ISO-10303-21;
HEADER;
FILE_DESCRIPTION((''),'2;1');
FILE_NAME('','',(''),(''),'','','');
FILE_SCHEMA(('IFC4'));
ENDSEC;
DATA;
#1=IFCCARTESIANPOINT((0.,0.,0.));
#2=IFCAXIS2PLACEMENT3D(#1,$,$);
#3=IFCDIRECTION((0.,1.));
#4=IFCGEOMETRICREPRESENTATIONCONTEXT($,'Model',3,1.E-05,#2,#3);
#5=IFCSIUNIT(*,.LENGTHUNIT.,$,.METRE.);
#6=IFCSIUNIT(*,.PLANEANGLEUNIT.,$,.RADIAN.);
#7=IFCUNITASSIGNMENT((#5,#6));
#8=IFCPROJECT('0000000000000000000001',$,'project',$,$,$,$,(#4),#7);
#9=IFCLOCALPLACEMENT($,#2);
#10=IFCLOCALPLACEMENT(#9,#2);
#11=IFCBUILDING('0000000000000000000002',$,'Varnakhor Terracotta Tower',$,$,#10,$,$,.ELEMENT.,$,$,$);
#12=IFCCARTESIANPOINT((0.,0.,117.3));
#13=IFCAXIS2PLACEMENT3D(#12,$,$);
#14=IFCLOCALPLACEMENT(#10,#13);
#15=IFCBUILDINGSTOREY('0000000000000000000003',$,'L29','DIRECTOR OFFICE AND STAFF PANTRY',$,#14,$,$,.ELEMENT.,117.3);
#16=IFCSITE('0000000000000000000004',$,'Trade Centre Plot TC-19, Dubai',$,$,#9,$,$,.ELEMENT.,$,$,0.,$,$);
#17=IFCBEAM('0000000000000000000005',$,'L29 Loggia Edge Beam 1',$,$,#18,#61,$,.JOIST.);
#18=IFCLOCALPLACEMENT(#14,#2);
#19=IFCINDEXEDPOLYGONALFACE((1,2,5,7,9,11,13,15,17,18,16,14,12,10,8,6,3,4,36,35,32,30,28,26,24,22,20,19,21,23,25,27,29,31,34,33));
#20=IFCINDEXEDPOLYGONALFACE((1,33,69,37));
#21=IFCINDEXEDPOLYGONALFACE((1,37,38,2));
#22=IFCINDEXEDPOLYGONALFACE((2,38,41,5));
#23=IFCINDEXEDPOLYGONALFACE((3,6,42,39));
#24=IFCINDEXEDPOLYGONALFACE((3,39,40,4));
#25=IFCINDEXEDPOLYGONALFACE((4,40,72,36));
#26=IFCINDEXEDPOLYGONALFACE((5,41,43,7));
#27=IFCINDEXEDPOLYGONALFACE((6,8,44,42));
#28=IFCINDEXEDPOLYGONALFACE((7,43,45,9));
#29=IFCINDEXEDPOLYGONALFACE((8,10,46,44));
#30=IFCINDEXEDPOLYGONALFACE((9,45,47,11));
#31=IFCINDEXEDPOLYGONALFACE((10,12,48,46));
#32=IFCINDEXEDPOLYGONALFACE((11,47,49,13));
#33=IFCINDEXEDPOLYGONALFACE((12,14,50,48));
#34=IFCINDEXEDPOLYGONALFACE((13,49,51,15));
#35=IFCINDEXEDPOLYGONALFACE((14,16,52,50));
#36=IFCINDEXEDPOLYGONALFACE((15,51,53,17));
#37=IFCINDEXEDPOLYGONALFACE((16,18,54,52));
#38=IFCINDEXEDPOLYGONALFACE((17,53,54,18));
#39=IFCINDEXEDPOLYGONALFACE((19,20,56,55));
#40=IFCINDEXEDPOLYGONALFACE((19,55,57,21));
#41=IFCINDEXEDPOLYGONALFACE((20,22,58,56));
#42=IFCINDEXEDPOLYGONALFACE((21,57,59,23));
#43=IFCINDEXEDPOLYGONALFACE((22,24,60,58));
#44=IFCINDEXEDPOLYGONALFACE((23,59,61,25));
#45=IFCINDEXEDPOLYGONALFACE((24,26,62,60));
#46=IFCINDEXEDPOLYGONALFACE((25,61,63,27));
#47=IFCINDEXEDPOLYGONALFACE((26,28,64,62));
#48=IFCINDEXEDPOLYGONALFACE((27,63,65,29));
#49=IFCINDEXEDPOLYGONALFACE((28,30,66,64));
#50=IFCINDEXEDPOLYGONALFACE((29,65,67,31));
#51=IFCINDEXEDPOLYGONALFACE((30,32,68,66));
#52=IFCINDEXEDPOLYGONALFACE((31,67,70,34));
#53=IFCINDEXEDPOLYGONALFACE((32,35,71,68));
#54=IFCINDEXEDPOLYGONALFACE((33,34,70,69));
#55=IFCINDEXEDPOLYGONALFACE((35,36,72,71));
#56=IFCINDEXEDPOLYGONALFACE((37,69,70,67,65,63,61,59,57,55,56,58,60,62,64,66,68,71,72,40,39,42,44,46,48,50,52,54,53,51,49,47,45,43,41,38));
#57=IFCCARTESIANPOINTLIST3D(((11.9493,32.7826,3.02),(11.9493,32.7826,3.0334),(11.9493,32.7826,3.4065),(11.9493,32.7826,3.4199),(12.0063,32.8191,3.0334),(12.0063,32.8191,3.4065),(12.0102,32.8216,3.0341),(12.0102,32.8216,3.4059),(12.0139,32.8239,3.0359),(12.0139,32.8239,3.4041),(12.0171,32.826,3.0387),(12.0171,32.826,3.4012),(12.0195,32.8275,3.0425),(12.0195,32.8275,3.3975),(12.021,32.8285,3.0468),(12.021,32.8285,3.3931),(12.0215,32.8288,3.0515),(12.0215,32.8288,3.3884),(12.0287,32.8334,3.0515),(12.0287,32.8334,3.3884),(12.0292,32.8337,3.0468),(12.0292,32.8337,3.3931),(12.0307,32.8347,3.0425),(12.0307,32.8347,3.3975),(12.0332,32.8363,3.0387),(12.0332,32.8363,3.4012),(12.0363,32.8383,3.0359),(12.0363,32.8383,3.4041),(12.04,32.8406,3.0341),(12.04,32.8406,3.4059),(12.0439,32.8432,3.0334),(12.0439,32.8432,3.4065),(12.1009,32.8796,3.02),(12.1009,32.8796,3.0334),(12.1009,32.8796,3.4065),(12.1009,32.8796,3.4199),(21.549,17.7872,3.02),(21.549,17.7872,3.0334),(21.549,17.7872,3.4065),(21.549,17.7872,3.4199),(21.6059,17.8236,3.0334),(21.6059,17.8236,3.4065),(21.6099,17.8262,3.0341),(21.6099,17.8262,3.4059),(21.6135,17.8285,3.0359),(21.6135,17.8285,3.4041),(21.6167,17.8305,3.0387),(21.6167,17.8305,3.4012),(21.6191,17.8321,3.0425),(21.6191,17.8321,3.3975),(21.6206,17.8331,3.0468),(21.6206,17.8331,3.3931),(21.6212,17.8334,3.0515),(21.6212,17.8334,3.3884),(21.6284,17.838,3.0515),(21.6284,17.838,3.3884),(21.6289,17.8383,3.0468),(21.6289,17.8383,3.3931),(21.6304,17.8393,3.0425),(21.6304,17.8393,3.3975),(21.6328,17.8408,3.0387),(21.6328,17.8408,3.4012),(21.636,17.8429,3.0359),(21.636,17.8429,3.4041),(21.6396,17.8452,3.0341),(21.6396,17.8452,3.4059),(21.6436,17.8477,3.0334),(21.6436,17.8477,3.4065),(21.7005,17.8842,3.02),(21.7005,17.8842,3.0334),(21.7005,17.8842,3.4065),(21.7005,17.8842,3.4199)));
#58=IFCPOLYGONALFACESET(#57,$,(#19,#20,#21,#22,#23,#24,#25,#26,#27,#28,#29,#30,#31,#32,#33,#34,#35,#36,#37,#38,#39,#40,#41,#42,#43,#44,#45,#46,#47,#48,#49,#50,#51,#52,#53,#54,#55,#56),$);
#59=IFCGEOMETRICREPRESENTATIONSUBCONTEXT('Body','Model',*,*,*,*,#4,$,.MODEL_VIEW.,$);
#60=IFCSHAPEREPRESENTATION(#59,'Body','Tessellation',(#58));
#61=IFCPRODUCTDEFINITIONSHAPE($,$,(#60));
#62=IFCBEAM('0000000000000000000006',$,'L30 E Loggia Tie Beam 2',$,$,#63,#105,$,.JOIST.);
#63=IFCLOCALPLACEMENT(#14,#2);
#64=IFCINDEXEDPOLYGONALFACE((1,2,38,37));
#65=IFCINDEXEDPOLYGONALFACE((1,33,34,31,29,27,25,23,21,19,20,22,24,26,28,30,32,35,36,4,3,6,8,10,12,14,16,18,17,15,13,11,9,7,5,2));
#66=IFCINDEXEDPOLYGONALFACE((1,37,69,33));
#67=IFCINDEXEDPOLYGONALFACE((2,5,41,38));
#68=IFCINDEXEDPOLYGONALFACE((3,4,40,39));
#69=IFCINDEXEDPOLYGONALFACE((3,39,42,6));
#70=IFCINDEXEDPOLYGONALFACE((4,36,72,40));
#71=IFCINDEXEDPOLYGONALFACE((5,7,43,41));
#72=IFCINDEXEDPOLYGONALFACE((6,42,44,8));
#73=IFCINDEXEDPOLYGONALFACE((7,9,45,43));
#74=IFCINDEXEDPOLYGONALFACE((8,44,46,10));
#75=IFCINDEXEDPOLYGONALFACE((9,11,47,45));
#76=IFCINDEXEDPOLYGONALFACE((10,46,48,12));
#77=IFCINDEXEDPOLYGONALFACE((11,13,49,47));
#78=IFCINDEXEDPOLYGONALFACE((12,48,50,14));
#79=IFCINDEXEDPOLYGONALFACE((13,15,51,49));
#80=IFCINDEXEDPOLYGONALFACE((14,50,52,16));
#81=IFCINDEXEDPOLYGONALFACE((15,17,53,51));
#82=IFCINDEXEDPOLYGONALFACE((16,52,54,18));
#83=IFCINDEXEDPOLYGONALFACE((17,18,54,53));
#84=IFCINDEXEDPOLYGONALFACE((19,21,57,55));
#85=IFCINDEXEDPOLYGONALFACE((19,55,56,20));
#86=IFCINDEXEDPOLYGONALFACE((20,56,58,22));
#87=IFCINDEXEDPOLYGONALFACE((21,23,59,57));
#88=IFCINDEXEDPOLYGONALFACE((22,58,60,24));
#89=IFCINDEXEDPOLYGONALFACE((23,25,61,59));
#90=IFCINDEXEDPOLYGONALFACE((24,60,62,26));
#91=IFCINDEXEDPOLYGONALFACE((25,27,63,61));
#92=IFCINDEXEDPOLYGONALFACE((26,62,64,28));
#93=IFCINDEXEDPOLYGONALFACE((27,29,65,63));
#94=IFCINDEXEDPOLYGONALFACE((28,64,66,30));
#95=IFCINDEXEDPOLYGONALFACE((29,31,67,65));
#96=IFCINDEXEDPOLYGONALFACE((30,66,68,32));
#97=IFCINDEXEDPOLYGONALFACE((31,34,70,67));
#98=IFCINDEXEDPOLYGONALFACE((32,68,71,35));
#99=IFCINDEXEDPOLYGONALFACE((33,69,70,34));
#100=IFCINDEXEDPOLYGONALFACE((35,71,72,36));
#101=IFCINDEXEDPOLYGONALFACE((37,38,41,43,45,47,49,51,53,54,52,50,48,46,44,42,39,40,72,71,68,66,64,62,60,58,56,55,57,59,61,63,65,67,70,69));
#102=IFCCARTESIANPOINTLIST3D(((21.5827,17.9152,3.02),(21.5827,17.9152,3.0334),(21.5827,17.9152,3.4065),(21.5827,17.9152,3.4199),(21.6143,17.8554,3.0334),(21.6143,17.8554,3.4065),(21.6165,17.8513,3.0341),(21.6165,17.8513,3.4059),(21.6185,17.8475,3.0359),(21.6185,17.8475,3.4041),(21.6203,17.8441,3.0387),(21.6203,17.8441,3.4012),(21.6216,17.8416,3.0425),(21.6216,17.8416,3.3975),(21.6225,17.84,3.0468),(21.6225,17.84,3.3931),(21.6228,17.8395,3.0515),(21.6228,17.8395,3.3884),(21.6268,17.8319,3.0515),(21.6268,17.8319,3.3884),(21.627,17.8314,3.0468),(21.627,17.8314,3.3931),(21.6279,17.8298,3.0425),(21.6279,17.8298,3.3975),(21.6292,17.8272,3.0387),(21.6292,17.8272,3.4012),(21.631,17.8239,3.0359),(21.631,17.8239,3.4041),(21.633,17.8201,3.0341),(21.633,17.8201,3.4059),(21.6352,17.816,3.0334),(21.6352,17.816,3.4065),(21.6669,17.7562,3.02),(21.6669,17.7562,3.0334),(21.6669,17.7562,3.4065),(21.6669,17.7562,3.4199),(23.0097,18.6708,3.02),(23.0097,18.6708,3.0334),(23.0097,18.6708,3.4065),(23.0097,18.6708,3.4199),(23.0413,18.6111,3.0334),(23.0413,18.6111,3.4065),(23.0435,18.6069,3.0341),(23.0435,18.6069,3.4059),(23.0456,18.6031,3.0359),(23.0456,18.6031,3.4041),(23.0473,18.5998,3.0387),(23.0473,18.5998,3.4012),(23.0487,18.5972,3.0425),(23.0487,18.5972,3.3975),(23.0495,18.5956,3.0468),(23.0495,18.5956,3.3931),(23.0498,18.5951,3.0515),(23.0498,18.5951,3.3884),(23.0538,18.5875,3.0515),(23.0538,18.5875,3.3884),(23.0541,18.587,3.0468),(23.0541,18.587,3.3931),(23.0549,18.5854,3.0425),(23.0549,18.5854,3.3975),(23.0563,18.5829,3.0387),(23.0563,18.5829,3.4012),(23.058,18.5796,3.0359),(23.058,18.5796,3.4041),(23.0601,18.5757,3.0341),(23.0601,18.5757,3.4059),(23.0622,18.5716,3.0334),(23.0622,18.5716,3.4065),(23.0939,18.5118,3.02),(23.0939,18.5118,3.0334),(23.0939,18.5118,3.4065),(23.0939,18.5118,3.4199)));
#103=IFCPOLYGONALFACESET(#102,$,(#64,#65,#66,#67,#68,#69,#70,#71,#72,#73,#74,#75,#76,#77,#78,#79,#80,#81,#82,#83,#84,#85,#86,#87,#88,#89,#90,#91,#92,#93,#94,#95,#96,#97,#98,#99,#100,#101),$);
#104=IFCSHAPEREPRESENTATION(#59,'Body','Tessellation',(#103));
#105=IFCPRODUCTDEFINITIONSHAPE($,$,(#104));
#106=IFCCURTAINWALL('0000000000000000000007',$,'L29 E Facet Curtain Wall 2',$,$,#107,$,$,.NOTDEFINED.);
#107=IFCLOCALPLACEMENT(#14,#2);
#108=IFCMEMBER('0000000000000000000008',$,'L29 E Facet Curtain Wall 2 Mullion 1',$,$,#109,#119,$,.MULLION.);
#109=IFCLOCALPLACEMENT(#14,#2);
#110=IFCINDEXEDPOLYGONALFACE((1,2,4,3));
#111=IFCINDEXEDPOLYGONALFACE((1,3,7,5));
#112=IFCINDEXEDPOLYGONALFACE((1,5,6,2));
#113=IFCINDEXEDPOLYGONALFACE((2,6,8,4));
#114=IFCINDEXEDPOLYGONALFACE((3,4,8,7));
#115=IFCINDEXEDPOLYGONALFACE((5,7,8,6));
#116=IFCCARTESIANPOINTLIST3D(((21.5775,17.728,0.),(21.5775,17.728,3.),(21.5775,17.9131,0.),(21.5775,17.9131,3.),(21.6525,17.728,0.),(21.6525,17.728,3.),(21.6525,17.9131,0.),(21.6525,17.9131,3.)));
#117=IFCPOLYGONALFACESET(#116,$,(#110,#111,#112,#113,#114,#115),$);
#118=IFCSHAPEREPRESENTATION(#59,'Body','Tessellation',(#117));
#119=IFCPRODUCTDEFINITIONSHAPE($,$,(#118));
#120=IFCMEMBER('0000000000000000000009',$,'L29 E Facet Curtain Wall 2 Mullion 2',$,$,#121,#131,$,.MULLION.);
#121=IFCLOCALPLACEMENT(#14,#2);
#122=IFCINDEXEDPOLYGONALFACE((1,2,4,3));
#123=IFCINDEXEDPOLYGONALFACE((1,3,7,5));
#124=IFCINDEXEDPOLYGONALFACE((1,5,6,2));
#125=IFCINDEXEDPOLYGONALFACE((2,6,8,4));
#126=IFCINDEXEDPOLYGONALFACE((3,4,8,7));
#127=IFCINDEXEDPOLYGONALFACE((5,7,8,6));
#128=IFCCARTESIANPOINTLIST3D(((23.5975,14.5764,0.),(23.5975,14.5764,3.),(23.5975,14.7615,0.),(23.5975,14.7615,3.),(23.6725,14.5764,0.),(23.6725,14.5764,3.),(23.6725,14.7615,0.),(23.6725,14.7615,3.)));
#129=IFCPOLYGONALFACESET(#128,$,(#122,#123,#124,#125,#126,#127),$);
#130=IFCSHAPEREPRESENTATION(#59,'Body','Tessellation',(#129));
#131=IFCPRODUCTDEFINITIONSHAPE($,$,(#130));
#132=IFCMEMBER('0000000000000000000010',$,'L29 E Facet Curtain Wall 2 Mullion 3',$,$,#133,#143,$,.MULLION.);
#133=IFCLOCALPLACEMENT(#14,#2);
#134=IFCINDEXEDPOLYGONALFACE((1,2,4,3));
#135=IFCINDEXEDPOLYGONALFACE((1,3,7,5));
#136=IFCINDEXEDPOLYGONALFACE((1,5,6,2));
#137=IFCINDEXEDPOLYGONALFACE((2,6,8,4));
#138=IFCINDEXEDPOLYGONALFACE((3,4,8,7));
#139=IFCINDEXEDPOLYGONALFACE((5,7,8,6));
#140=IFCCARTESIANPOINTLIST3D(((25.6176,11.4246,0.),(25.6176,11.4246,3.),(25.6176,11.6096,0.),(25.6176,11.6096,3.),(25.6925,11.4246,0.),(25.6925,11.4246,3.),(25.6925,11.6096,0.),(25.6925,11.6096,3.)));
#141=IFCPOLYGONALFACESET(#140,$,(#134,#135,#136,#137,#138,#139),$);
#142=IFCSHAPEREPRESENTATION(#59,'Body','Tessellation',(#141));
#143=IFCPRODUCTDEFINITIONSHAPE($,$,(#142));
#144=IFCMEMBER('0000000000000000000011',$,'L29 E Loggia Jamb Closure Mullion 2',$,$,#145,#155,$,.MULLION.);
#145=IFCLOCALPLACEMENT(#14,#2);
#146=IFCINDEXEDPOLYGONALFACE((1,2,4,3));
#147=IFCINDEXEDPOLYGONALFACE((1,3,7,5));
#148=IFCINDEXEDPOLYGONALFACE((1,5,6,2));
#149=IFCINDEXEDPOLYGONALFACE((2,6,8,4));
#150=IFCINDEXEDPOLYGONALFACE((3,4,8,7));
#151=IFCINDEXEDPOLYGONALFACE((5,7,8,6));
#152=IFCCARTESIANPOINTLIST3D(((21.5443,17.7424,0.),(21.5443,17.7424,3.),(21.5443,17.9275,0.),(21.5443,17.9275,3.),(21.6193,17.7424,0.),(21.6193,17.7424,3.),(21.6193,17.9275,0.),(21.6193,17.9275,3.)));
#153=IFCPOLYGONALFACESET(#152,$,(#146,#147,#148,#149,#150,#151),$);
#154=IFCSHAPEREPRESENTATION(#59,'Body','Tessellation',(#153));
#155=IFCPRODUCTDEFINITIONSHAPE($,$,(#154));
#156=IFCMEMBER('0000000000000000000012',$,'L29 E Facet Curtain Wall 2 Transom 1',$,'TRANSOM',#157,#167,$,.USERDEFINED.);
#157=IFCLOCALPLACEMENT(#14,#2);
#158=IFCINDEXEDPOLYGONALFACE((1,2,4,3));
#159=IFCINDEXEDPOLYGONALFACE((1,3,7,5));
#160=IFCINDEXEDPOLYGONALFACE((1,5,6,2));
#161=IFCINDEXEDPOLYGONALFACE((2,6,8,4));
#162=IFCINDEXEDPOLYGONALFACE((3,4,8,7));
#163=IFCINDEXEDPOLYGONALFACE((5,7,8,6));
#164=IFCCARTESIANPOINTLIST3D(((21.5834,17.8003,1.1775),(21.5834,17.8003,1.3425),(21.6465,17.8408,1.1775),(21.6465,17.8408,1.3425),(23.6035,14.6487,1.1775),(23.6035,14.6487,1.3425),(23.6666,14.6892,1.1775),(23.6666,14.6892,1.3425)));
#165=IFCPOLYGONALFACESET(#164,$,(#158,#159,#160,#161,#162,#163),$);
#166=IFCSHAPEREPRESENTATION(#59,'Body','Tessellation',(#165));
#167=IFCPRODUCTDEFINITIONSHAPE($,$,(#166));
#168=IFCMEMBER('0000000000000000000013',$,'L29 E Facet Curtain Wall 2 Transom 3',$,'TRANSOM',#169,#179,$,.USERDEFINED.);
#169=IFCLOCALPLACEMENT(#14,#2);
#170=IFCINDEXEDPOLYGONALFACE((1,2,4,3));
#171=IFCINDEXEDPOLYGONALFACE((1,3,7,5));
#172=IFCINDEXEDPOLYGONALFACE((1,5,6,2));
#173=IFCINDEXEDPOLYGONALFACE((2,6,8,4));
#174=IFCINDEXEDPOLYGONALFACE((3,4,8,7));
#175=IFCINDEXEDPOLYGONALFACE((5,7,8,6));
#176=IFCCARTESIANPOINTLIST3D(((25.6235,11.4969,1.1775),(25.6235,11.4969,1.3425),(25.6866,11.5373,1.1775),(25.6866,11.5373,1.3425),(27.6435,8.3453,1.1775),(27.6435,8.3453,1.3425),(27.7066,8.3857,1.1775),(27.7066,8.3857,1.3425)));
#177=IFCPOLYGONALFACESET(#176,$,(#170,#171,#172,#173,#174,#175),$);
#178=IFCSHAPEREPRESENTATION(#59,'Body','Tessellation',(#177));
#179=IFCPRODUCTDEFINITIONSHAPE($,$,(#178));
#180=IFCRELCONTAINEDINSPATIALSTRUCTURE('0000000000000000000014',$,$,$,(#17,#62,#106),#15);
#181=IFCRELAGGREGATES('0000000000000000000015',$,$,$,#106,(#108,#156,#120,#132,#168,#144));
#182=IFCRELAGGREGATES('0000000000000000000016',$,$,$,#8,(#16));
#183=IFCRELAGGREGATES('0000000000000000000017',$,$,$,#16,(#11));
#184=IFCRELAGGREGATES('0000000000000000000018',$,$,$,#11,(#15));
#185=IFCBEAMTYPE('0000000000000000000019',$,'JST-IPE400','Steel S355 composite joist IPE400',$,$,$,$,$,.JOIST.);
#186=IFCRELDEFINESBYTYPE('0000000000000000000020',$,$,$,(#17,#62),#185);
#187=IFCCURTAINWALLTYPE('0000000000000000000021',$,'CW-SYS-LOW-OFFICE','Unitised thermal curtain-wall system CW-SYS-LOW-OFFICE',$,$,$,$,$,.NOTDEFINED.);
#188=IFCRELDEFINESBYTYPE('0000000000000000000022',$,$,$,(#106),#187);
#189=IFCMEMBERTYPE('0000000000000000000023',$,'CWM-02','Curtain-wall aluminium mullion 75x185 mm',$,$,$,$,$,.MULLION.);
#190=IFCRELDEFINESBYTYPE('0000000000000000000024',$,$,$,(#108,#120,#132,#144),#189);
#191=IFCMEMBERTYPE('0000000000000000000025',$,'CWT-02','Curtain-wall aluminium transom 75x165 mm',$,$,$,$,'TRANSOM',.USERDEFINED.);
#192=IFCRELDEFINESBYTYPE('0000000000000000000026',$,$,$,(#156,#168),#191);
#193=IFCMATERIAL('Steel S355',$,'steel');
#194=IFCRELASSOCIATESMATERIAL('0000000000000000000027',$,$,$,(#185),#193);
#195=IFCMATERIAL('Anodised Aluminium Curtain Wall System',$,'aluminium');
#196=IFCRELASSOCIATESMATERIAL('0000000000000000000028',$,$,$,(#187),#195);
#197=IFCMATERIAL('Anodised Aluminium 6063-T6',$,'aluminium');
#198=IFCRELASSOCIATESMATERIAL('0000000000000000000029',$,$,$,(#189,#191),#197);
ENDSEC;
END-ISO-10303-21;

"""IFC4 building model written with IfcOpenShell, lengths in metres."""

from ifc_helpers import new_model, si_unit, direction, frame, origin, origin_2d, place, context, subcontext, project, spatial, rectangle, i_section, extrude, source, transform, mapped, material, material_profile, profile_set, type_object, element, aggregate, save


model = new_model("IFC4")

# Units and contexts
model_context = context("Model", 3, precision=1e-05, world=origin(), true_north=direction((0.0, 1.0)))
body_context = subcontext(model_context, "Body", "Model", "MODEL_VIEW")
ifc_project = project(units=[si_unit("LENGTHUNIT", "METRE"), si_unit("PLANEANGLEUNIT", "RADIAN")], contexts=[model_context])

# Site, building, storey
site_placement = place(None, origin())
site = spatial("IfcSite", under=ifc_project, at=site_placement, Name="Trade Centre Plot TC-19, Dubai", CompositionType="ELEMENT", RefElevation=0.0)
building_placement = place(site_placement, origin())
building = spatial("IfcBuilding", under=site, at=building_placement, Name="Varnakhor Terracotta Tower", CompositionType="ELEMENT")
storey_placement = place(building_placement, frame((0.0, 0.0, 117.3)))
storey = spatial("IfcBuildingStorey", under=building, at=storey_placement, Name="L29", Description="DIRECTOR OFFICE AND STAFF PANTRY", CompositionType="ELEMENT", Elevation=117.3)

# Beams
ifc_material_1 = material(Name="Steel S355", Category="steel")
ifc_material_profile_1 = material_profile(ifc_material_1, i_section(OverallWidth=0.1799, OverallDepth=0.3999, WebThickness=0.0085, FlangeThickness=0.0134, FilletRadius=0.0181, at=origin_2d()), Name="IPE400")
ifc_profile_set_1 = profile_set([ifc_material_profile_1], Name="Steel S355")
beam_type = type_object("IfcBeamType", Name="JST-IPE400", Description="Steel S355 composite joist IPE400", PredefinedType="JOIST", material=ifc_profile_set_1)
shared_shape_1 = source(origin(), body_context, "Body", "SweptSolid", [
    extrude(i_section(OverallWidth=0.1799, OverallDepth=0.3999, WebThickness=0.0085, FlangeThickness=0.0134, FilletRadius=0.0181, at=origin_2d()), origin(), (0.0, 0.0, 1.0), 17.8049),
])
beam_1_placement = place(storey_placement, frame((21.6248, 17.8357, 3.22), z_axis=(-0.539156, 0.842206, 0.0), x_axis=(-0.842206, -0.539156, 0.0)))
element("IfcBeam", 1, at=beam_1_placement, inside=storey, type_object=beam_type, Name="L29 Loggia Edge Beam 1", PredefinedType="JOIST", context=body_context, shape_type="MappedRepresentation", body=[
    mapped(shared_shape_1, transform((0.0, 0.0, 0.0), scale=1.0)),
])
shared_shape_2 = source(origin(), body_context, "Body", "SweptSolid", [
    extrude(i_section(OverallWidth=0.1799, OverallDepth=0.3999, WebThickness=0.0085, FlangeThickness=0.0134, FilletRadius=0.0181, at=origin_2d()), origin(), (0.0, 0.0, 1.0), 1.6147),
])
beam_2_placement = place(storey_placement, frame((21.6248, 17.8357, 3.22), z_axis=(0.883751, 0.467957, 0.0), x_axis=(-0.467957, 0.883751, 0.0)))
element("IfcBeam", 2, at=beam_2_placement, inside=storey, type_object=beam_type, Name="L30 E Loggia Tie Beam 2", PredefinedType="JOIST", context=body_context, shape_type="MappedRepresentation", body=[
    mapped(shared_shape_2, transform((0.0, 0.0, 0.0), scale=1.0)),
])

# Curtain wall, members
ifc_material_2 = material(Name="Anodised Aluminium Curtain Wall System", Category="aluminium")
curtain_wall_type = type_object("IfcCurtainWallType", Name="CW-SYS-LOW-OFFICE", Description="Unitised thermal curtain-wall system CW-SYS-LOW-OFFICE", PredefinedType="NOTDEFINED", material=ifc_material_2)
curtain_wall_placement = place(storey_placement, origin())
curtain_wall = element("IfcCurtainWall", 3, at=curtain_wall_placement, inside=storey, type_object=curtain_wall_type, Name="L29 E Facet Curtain Wall 2", PredefinedType="NOTDEFINED")
ifc_material_3 = material(Name="Anodised Aluminium 6063-T6", Category="aluminium")
ifc_material_profile_2 = material_profile(ifc_material_3, rectangle(XDim=0.075, YDim=0.1851, at=origin_2d()), Name="ALU MULLION 75x185")
ifc_profile_set_2 = profile_set([ifc_material_profile_2], Name="Anodised Aluminium 6063-T6")
member_type_1 = type_object("IfcMemberType", Name="CWM-02", Description="Curtain-wall aluminium mullion 75x185 mm", PredefinedType="MULLION", material=ifc_profile_set_2)
shared_shape_3 = source(origin(), body_context, "Body", "SweptSolid", [
    extrude(rectangle(XDim=0.075, YDim=0.1851, at=origin_2d()), origin(), (0.0, 0.0, 1.0), 3.0),
])
member_1_placement = place(storey_placement, frame((21.615, 17.8206, 0.0), z_axis=(0.0, 0.0, 1.0), x_axis=(1.0, 0.0, 0.0)))
member_1 = element("IfcMember", 4, at=member_1_placement, type_object=member_type_1, Name="L29 E Facet Curtain Wall 2 Mullion 1", PredefinedType="MULLION", context=body_context, shape_type="MappedRepresentation", body=[
    mapped(shared_shape_3, transform((0.0, 0.0, 0.0), scale=1.0)),
])
member_2_placement = place(storey_placement, frame((23.635, 14.6689, 0.0), z_axis=(0.0, 0.0, 1.0), x_axis=(1.0, 0.0, 0.0)))
member_2 = element("IfcMember", 5, at=member_2_placement, type_object=member_type_1, Name="L29 E Facet Curtain Wall 2 Mullion 2", PredefinedType="MULLION", context=body_context, shape_type="MappedRepresentation", body=[
    mapped(shared_shape_3, transform((0.0, 0.0, 0.0), scale=1.0)),
])
member_3_placement = place(storey_placement, frame((25.655, 11.5171, 0.0), z_axis=(0.0, 0.0, 1.0), x_axis=(1.0, 0.0, 0.0)))
member_3 = element("IfcMember", 6, at=member_3_placement, type_object=member_type_1, Name="L29 E Facet Curtain Wall 2 Mullion 3", PredefinedType="MULLION", context=body_context, shape_type="MappedRepresentation", body=[
    mapped(shared_shape_3, transform((0.0, 0.0, 0.0), scale=1.0)),
])
member_4_placement = place(storey_placement, frame((21.5818, 17.835, 0.0), z_axis=(0.0, 0.0, 1.0), x_axis=(1.0, 0.0, 0.0)))
member_4 = element("IfcMember", 7, at=member_4_placement, type_object=member_type_1, Name="L29 E Loggia Jamb Closure Mullion 2", PredefinedType="MULLION", context=body_context, shape_type="MappedRepresentation", body=[
    mapped(shared_shape_3, transform((0.0, 0.0, 0.0), scale=1.0)),
])
ifc_material_profile_3 = material_profile(ifc_material_3, rectangle(XDim=0.075, YDim=0.165, at=origin_2d()), Name="ALU TRANSOM 75x165")
ifc_profile_set_3 = profile_set([ifc_material_profile_3], Name="Anodised Aluminium 6063-T6")
member_type_2 = type_object("IfcMemberType", Name="CWT-02", Description="Curtain-wall aluminium transom 75x165 mm", ElementType="TRANSOM", PredefinedType="USERDEFINED", material=ifc_profile_set_3)
shared_shape_4 = source(origin(), body_context, "Body", "SweptSolid", [
    extrude(rectangle(XDim=0.075, YDim=0.165, at=origin_2d()), origin(), (0.0, 0.0, 1.0), 3.7434),
])
member_5_placement = place(storey_placement, frame((21.615, 17.8206, 1.26), z_axis=(0.53962, -0.841909, 0.0), x_axis=(0.841909, 0.53962, 0.0)))
member_5 = element("IfcMember", 8, at=member_5_placement, type_object=member_type_2, Name="L29 E Facet Curtain Wall 2 Transom 1", ObjectType="TRANSOM", PredefinedType="USERDEFINED", context=body_context, shape_type="MappedRepresentation", body=[
    mapped(shared_shape_4, transform((0.0, 0.0, 0.0), scale=1.0)),
])
member_6_placement = place(storey_placement, frame((25.655, 11.5171, 1.26), z_axis=(0.53962, -0.841909, 0.0), x_axis=(0.841909, 0.53962, 0.0)))
member_6 = element("IfcMember", 9, at=member_6_placement, type_object=member_type_2, Name="L29 E Facet Curtain Wall 2 Transom 3", ObjectType="TRANSOM", PredefinedType="USERDEFINED", context=body_context, shape_type="MappedRepresentation", body=[
    mapped(shared_shape_4, transform((0.0, 0.0, 0.0), scale=1.0)),
])
aggregate(curtain_wall, [member_1, member_5, member_2, member_3, member_6, member_4])

save(model, "model.ifc")
